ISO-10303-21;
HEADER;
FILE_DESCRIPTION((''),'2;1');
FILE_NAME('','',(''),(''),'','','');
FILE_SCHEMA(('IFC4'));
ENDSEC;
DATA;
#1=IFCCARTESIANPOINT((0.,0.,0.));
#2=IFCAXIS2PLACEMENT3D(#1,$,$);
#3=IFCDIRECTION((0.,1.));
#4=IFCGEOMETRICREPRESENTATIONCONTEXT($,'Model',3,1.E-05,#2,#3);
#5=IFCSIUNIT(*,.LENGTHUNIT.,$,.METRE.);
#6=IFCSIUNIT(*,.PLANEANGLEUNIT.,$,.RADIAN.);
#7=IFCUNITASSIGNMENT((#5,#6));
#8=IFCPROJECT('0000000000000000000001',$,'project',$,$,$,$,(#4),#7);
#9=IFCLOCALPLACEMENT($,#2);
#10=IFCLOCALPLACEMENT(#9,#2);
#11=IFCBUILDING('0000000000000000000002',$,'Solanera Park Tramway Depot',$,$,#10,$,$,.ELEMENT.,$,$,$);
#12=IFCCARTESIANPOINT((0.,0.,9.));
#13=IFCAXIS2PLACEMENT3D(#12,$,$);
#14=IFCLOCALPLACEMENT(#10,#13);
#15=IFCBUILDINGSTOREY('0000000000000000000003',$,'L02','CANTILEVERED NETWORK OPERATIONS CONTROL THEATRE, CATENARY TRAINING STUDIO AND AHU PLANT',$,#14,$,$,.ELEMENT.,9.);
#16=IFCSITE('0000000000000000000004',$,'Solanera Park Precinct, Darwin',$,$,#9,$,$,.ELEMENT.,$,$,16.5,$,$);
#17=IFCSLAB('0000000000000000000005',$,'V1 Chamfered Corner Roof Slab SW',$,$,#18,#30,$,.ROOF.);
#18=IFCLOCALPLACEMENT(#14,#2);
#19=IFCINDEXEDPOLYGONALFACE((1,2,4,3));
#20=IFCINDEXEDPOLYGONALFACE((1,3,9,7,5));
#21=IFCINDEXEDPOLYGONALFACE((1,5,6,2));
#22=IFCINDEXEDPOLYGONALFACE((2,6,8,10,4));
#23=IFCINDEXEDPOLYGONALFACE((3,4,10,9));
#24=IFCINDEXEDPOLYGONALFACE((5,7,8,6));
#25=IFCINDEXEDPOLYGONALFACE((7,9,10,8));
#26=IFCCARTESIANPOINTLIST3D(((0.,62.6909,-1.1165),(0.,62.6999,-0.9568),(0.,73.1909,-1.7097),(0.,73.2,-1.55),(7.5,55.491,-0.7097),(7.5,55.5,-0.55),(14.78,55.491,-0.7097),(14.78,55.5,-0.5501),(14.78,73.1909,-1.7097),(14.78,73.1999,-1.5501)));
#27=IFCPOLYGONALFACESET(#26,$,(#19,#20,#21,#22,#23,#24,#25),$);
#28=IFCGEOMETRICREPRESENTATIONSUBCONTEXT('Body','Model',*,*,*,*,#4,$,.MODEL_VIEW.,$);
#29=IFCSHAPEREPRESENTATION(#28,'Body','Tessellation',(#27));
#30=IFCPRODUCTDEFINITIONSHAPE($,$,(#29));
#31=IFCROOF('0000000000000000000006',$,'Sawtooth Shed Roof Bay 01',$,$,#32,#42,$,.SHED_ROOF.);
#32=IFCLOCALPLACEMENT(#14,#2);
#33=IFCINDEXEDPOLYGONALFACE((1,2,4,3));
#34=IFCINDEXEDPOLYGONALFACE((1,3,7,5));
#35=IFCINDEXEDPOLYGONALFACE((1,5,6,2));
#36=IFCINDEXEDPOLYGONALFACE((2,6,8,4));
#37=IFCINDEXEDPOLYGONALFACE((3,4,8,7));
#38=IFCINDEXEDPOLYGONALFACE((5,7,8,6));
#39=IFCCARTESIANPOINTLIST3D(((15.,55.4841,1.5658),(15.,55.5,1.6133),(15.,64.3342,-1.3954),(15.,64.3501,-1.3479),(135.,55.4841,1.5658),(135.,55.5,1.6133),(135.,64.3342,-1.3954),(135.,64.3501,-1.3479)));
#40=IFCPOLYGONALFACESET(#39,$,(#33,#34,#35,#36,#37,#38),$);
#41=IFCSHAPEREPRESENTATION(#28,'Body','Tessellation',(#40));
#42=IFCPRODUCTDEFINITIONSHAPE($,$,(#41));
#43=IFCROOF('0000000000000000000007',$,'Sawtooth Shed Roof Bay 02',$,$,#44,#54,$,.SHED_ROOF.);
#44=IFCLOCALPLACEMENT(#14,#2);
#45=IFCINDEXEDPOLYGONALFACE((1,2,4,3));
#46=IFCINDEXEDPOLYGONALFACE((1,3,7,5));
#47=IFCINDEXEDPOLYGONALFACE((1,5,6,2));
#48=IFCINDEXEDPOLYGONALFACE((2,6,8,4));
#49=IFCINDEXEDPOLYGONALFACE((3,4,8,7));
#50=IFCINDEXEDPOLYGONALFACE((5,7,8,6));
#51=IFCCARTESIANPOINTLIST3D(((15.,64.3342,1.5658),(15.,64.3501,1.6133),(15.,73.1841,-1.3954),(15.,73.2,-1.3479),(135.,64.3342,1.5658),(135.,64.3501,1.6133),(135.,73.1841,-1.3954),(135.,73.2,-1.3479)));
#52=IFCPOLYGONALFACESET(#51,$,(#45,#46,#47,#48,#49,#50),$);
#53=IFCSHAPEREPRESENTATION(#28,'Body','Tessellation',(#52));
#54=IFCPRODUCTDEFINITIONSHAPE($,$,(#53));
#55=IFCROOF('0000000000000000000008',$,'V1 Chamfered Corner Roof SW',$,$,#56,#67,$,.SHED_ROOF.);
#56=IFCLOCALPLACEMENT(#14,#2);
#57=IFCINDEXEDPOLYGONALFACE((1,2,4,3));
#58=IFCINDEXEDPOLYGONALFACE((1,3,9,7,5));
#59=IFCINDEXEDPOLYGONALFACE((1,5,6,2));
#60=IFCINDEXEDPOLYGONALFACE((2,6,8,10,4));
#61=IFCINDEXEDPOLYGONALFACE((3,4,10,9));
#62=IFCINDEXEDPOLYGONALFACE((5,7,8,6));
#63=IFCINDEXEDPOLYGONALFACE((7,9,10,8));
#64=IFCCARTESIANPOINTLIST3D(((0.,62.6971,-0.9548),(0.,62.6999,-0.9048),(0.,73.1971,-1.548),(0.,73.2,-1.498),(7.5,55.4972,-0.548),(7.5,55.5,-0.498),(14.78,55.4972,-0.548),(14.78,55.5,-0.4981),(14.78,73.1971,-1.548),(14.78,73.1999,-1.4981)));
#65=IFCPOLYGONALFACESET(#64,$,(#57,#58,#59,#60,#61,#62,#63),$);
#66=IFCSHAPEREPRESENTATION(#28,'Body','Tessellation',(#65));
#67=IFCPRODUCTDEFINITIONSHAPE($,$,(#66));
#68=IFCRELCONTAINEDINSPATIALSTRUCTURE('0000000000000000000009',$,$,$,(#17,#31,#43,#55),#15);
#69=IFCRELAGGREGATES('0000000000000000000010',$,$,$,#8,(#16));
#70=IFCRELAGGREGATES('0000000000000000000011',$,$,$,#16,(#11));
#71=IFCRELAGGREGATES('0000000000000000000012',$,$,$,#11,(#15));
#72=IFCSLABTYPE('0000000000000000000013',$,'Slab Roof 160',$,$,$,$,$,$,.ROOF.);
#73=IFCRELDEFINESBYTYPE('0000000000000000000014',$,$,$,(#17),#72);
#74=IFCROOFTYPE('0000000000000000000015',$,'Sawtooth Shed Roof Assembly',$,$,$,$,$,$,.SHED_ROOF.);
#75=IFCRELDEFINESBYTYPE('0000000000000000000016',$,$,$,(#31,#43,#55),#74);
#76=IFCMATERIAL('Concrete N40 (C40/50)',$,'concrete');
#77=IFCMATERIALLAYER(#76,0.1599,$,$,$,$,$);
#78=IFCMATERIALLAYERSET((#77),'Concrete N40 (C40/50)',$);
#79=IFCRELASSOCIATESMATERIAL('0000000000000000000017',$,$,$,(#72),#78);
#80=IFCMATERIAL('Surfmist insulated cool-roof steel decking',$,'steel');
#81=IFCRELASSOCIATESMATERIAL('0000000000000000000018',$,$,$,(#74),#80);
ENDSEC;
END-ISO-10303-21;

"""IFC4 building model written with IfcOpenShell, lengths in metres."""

from ifc_helpers import new_model, si_unit, direction, frame, origin, place, context, subcontext, project, spatial, polyline, outline, extrude, material, layer, layer_set, type_object, element, save


model = new_model("IFC4")

# Units and contexts
model_context = context("Model", 3, precision=1e-05, world=origin(), true_north=direction((0.0, 1.0)))
body_context = subcontext(model_context, "Body", "Model", "MODEL_VIEW")
ifc_project = project(units=[si_unit("LENGTHUNIT", "METRE"), si_unit("PLANEANGLEUNIT", "RADIAN")], contexts=[model_context])

# Site, building, storey
site_placement = place(None, origin())
site = spatial("IfcSite", under=ifc_project, at=site_placement, Name="Solanera Park Precinct, Darwin", CompositionType="ELEMENT", RefElevation=16.5)
building_placement = place(site_placement, origin())
building = spatial("IfcBuilding", under=site, at=building_placement, Name="Solanera Park Tramway Depot", CompositionType="ELEMENT")
storey_placement = place(building_placement, frame((0.0, 0.0, 9.0)))
storey = spatial("IfcBuildingStorey", under=building, at=storey_placement, Name="L02", Description="CANTILEVERED NETWORK OPERATIONS CONTROL THEATRE, CATENARY TRAINING STUDIO AND AHU PLANT", CompositionType="ELEMENT", Elevation=9.0)

# Slab
ifc_material_1 = material(Name="Concrete N40 (C40/50)", Category="concrete")
ifc_layer_1 = layer(ifc_material_1, 0.1599)
ifc_layer_set_1 = layer_set([ifc_layer_1], Name="Concrete N40 (C40/50)")
slab_type = type_object("IfcSlabType", Name="Slab Roof 160", PredefinedType="ROOF", material=ifc_layer_set_1)
slab_1_placement = place(storey_placement, frame((7.5, 55.5, -0.55), z_axis=(0.000001, 0.056408, 0.998408), x_axis=(1.0, 0.0, -0.000001)))
element("IfcSlab", 1, at=slab_1_placement, inside=storey, type_object=slab_type, Name="V1 Chamfered Corner Roof Slab SW", PredefinedType="ROOF", context=body_context, shape_type="SweptSolid", body=[
    extrude(outline(polyline([(0.0, 0.0), (7.28, 0.0), (7.28, 17.7282), (-7.5, 17.7282), (-7.5, 7.2114), (0.0, 0.0)])), origin(), (0.0, 0.0, -1.0), 0.1599),
])

# Roofs
ifc_material_2 = material(Name="Surfmist insulated cool-roof steel decking", Category="steel")
roof_type = type_object("IfcRoofType", Name="Sawtooth Shed Roof Assembly", PredefinedType="SHED_ROOF", material=ifc_material_2)
roof_1_placement = place(storey_placement, frame((15.0, 55.5, 1.6133), z_axis=(0.0, 0.317303, 0.948324), x_axis=(1.0, 0.0, 0.0)))
element("IfcRoof", 2, at=roof_1_placement, inside=storey, type_object=roof_type, Name="Sawtooth Shed Roof Bay 01", PredefinedType="SHED_ROOF", context=body_context, shape_type="SweptSolid", body=[
    extrude(outline(polyline([(0.0, 0.0), (120.0, 0.0), (120.0, 9.3324), (0.0, 9.3324), (0.0, 0.0)])), origin(), (0.0, 0.0, -1.0), 0.05),
])
roof_2_placement = place(storey_placement, frame((15.0, 64.3501, 1.6133), z_axis=(0.0, 0.317311, 0.948322), x_axis=(1.0, 0.0, 0.0)))
element("IfcRoof", 3, at=roof_2_placement, inside=storey, type_object=roof_type, Name="Sawtooth Shed Roof Bay 02", PredefinedType="SHED_ROOF", context=body_context, shape_type="SweptSolid", body=[
    extrude(outline(polyline([(0.0, 0.0), (120.0, 0.0), (120.0, 9.3321), (0.0, 9.3321), (0.0, 0.0)])), origin(), (0.0, 0.0, -1.0), 0.05),
])
roof_3_placement = place(storey_placement, frame((7.5, 55.5, -0.498), z_axis=(0.000001, 0.056408, 0.998408), x_axis=(1.0, 0.0, -0.000001)))
element("IfcRoof", 4, at=roof_3_placement, inside=storey, type_object=roof_type, Name="V1 Chamfered Corner Roof SW", PredefinedType="SHED_ROOF", context=body_context, shape_type="SweptSolid", body=[
    extrude(outline(polyline([(0.0, 0.0), (7.28, 0.0), (7.28, 17.7282), (-7.5, 17.7282), (-7.5, 7.2114), (0.0, 0.0)])), origin(), (0.0, 0.0, -1.0), 0.05),
])

save(model, "model.ifc")
